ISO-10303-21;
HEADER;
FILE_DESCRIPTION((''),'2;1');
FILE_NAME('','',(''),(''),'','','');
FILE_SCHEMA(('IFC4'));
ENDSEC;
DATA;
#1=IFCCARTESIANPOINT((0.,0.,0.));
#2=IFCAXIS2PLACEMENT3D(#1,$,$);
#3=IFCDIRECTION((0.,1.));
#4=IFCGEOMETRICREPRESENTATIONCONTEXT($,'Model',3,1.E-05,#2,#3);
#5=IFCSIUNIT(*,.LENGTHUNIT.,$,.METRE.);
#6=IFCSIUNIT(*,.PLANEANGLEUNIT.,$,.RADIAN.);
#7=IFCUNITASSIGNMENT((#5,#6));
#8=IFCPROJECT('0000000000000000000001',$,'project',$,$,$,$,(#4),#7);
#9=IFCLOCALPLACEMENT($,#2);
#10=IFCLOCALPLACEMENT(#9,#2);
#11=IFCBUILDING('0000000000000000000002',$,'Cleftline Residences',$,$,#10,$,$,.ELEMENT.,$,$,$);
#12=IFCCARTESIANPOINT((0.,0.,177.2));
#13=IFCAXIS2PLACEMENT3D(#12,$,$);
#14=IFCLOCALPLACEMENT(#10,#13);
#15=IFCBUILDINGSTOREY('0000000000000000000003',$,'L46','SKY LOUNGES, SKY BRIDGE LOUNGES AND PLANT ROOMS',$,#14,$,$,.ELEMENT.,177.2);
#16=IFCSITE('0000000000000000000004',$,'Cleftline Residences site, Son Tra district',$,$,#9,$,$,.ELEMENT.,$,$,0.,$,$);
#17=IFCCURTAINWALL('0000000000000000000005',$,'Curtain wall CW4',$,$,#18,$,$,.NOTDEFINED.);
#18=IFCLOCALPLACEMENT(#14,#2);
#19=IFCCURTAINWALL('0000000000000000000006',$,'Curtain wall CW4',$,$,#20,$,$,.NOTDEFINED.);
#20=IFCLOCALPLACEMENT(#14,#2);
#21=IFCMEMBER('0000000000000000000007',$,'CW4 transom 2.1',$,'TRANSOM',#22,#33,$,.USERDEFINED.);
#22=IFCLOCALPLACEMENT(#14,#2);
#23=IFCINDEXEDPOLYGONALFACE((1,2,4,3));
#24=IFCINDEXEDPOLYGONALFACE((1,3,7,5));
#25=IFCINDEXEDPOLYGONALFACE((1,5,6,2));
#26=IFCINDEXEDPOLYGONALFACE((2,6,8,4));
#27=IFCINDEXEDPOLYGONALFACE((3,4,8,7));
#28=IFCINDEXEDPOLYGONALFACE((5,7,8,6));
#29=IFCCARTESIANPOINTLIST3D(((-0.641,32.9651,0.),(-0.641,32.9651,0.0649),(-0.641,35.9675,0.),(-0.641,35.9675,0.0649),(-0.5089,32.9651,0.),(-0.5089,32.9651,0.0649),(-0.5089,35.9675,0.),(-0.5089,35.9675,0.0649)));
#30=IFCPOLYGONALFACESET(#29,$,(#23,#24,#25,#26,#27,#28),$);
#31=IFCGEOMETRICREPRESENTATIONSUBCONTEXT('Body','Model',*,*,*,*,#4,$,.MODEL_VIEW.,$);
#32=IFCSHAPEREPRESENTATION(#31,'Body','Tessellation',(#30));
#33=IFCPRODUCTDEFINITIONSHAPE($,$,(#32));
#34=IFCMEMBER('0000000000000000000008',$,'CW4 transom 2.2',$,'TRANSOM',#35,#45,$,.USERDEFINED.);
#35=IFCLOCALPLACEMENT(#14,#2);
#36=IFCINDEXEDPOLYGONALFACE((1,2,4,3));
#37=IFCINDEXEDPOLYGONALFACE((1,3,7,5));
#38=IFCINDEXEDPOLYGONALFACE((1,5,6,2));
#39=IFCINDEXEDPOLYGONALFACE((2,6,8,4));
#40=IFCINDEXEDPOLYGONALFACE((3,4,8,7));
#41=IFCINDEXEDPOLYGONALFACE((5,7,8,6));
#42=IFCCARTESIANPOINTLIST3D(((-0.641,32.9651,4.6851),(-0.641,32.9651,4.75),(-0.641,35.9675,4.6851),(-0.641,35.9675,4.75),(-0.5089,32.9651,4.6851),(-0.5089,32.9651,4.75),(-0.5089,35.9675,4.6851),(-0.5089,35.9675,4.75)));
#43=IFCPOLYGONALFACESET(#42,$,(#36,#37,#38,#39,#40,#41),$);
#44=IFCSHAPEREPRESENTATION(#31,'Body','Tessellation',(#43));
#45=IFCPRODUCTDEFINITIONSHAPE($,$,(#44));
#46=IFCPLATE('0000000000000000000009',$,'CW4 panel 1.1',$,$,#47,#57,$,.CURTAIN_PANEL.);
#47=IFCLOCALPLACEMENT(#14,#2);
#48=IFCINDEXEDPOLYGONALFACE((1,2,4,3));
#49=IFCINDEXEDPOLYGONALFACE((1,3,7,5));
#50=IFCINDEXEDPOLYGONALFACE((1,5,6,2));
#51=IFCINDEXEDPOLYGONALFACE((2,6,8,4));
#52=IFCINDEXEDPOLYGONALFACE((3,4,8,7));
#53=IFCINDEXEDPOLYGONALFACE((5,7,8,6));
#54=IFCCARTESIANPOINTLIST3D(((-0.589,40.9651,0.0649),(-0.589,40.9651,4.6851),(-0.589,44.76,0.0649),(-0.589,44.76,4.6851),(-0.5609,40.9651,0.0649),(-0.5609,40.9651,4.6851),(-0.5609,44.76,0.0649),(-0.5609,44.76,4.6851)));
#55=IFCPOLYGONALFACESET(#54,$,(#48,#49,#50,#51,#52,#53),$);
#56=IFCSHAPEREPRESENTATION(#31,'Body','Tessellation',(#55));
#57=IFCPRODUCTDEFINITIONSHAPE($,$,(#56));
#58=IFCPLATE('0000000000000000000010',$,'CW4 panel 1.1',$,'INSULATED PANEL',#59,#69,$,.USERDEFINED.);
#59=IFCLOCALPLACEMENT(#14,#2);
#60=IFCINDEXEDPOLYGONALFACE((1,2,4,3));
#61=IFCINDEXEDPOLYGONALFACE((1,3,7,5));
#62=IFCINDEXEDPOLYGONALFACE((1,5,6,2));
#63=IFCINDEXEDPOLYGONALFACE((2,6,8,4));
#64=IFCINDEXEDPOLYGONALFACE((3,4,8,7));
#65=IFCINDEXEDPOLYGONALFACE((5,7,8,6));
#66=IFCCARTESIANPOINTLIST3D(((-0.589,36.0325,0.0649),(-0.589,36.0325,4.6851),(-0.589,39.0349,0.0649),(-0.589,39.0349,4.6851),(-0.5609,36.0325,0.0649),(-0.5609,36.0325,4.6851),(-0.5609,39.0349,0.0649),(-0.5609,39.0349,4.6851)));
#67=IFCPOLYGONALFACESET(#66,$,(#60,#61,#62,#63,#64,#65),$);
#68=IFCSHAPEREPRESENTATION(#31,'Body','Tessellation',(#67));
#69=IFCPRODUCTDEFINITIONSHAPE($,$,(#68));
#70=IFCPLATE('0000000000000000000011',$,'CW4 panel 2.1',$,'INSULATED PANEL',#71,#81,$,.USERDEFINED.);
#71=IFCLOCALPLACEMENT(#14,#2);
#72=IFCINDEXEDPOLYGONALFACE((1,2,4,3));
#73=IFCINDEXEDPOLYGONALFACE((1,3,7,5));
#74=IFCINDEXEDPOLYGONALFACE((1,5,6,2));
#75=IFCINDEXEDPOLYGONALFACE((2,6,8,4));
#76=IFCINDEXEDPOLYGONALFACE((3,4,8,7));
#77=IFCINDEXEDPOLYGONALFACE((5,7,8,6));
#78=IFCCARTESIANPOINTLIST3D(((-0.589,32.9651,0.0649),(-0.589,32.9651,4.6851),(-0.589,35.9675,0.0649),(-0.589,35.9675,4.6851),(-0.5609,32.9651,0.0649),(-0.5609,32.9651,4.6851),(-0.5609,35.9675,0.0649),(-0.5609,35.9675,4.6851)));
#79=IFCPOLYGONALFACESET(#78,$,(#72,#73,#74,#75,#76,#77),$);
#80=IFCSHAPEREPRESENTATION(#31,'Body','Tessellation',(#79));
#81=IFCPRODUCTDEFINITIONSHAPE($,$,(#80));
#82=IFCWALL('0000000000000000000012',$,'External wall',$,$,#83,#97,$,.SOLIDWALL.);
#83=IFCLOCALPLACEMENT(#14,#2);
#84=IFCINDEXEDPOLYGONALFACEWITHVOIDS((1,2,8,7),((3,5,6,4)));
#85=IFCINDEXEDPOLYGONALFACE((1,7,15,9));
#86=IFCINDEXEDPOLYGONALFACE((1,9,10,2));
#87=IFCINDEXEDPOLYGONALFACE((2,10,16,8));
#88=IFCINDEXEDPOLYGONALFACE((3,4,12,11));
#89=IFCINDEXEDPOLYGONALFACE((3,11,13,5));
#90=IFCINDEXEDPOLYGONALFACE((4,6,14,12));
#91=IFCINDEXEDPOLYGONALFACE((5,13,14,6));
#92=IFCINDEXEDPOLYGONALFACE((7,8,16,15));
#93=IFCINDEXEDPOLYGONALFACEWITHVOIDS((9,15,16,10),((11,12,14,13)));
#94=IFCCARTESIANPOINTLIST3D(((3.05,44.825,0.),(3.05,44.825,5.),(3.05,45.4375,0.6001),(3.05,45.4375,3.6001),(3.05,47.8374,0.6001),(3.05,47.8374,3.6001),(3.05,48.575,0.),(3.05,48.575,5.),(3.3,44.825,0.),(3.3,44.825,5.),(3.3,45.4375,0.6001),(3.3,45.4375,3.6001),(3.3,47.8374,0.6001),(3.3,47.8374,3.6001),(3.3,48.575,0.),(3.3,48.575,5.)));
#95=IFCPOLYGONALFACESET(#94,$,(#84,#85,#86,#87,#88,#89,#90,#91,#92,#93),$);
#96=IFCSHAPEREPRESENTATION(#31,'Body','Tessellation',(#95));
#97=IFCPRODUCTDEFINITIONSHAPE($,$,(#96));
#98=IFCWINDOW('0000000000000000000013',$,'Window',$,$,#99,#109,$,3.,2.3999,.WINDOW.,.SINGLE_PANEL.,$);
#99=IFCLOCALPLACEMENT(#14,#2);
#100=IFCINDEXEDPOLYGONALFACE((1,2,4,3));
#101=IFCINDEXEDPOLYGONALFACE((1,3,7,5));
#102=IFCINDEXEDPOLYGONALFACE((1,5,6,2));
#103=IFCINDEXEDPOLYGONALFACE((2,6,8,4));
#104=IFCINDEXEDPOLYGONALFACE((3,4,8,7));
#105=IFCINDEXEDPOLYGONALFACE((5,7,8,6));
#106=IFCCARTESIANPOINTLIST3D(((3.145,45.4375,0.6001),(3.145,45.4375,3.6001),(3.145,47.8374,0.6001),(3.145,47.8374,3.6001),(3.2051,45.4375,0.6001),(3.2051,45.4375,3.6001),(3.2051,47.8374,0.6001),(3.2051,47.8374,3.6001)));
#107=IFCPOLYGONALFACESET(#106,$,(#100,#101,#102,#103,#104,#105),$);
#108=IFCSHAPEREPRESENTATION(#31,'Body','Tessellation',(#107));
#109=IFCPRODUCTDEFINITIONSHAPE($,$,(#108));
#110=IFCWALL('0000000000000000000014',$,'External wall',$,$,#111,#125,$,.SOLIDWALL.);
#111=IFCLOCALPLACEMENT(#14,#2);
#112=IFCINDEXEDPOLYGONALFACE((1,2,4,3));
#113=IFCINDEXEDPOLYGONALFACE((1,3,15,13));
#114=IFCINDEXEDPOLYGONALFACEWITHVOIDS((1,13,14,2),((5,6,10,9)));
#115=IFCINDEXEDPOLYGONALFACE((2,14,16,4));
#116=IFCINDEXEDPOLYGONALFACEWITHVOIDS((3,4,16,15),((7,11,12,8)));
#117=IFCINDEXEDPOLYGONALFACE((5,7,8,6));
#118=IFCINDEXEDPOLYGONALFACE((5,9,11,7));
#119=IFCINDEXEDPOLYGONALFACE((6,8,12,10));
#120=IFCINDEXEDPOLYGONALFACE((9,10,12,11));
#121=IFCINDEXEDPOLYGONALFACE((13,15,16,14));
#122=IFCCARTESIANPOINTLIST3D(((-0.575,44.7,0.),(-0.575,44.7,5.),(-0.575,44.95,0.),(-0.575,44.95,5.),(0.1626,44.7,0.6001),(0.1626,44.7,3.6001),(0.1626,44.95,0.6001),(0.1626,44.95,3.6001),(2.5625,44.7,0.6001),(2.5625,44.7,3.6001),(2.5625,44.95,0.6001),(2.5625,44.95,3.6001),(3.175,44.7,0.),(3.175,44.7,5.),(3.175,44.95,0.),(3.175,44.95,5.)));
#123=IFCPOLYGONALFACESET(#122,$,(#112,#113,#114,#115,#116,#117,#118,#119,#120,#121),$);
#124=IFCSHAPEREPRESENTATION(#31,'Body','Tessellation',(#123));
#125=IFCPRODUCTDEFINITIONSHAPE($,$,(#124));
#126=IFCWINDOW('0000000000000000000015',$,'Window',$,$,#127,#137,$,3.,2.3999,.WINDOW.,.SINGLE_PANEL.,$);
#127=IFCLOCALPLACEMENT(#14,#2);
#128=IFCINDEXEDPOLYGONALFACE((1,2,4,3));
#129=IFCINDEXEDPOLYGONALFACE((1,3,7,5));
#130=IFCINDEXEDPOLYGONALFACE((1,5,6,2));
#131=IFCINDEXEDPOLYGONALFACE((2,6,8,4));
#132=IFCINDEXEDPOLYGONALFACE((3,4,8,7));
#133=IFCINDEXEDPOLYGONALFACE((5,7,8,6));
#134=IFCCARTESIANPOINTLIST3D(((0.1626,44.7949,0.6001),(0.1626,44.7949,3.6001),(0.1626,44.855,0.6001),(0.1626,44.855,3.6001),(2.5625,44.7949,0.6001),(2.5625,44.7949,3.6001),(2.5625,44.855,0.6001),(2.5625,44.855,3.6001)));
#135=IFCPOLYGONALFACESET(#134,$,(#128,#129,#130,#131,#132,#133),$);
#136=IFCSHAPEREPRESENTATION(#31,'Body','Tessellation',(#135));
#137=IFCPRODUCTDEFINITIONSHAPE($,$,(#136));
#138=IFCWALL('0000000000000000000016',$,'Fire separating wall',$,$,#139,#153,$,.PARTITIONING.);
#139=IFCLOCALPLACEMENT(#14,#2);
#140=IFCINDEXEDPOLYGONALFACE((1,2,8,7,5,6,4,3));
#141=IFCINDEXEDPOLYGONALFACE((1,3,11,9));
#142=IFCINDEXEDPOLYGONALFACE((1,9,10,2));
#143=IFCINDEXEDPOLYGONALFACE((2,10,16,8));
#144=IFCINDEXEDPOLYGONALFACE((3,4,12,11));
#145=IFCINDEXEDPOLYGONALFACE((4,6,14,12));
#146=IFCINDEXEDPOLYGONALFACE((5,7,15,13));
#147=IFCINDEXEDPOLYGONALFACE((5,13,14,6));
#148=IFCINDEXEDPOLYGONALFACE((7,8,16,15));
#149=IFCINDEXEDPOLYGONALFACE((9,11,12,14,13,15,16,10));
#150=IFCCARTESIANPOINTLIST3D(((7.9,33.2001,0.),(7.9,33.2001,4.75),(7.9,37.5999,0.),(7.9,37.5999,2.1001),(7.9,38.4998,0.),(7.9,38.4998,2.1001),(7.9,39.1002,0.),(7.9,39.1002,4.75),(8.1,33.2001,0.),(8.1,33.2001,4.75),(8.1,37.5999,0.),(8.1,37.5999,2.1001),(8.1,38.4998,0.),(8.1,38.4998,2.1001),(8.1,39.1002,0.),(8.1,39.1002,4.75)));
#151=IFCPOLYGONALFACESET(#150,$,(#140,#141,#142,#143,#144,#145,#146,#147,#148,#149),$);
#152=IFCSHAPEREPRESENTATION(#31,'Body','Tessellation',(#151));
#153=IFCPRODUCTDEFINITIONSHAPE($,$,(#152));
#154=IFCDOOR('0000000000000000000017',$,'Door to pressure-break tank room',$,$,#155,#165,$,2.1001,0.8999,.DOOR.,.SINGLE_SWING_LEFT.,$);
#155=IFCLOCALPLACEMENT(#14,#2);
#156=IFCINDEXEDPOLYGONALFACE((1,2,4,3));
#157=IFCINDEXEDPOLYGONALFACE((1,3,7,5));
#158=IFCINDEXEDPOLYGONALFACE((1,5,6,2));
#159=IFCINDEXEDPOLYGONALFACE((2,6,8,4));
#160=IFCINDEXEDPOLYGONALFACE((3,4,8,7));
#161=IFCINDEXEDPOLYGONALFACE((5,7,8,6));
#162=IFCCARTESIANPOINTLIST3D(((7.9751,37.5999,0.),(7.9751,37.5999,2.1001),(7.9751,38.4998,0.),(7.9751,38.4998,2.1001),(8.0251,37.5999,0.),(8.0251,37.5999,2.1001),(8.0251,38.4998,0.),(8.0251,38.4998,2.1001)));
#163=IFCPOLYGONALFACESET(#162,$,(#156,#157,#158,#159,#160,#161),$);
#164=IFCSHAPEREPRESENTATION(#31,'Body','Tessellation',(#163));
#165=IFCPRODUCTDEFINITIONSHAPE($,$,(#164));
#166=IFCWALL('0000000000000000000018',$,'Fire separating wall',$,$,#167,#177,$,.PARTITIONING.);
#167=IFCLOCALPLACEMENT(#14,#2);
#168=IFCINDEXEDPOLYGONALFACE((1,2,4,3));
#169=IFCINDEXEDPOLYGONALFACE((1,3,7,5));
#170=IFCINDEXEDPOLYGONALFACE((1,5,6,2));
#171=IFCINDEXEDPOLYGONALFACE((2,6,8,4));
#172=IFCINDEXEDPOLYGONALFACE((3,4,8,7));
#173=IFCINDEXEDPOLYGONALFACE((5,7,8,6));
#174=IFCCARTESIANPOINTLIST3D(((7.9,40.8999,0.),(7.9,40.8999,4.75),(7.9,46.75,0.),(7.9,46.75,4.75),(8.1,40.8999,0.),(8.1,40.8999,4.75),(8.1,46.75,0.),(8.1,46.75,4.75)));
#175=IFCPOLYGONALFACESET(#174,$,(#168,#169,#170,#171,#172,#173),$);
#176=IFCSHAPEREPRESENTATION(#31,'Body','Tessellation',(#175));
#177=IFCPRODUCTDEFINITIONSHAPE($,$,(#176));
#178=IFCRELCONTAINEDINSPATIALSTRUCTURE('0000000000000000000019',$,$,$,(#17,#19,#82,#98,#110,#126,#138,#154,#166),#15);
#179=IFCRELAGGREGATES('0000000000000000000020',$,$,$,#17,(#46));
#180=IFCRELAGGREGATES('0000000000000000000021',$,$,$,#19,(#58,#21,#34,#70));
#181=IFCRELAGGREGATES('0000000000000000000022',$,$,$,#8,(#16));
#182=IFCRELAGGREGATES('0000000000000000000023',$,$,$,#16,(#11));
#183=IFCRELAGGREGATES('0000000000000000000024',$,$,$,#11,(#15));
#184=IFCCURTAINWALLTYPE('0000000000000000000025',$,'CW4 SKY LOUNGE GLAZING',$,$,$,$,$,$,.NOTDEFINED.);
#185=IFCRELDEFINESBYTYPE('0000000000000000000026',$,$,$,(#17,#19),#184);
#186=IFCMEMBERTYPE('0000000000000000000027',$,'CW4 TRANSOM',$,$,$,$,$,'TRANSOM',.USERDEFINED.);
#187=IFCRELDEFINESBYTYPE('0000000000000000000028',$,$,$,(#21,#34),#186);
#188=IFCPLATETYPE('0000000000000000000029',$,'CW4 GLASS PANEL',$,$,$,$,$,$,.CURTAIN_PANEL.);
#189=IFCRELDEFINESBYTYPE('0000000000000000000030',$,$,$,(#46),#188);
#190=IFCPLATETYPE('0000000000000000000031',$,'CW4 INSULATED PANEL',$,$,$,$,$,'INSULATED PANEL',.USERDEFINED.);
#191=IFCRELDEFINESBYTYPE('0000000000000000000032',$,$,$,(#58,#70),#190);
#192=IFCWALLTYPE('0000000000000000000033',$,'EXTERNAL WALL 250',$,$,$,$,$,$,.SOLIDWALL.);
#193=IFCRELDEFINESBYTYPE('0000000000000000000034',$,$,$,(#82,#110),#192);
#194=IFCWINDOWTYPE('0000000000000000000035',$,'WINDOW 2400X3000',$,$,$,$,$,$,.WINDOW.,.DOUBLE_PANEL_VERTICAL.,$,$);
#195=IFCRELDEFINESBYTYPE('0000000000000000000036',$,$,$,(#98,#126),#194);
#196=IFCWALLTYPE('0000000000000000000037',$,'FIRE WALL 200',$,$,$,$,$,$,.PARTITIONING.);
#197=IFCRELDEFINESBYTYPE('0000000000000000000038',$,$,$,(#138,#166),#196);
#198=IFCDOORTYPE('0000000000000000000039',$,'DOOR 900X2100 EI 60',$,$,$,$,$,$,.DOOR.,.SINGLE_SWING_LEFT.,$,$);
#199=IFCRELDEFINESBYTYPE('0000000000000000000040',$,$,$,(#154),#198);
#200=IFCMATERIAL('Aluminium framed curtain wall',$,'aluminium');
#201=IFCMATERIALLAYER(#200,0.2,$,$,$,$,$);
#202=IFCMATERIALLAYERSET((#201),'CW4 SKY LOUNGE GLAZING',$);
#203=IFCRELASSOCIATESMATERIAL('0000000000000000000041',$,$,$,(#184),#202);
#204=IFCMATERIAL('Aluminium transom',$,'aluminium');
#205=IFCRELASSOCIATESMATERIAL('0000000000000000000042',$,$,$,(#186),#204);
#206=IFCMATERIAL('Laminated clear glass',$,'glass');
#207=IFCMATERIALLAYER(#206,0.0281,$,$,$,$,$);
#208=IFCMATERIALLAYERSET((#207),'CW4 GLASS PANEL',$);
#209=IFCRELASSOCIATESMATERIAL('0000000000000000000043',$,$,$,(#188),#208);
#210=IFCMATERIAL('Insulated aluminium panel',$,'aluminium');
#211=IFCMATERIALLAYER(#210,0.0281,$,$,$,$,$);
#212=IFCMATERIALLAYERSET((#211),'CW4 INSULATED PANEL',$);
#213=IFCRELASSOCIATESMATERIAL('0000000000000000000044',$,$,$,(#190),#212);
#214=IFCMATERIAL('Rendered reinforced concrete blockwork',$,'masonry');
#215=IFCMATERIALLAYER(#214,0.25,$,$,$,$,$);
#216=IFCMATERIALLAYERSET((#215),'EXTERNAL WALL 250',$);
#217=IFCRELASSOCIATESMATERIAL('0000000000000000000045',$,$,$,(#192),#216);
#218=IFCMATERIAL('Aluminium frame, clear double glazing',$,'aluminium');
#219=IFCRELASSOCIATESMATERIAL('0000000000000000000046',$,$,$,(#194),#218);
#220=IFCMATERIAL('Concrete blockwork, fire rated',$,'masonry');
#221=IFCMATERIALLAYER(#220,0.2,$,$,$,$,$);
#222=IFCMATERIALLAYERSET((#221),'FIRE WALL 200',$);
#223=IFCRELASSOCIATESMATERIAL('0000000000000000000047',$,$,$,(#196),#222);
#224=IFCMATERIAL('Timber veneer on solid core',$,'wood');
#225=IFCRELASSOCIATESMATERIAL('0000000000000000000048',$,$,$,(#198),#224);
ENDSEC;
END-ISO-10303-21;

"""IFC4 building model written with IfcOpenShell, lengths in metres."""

from ifc_helpers import new_model, si_unit, direction, frame, frame_2d, origin, origin_2d, place, context, subcontext, project, spatial, rectangle, extrude, material, layer, layer_set, material_profile, profile_set, type_object, element, fill, aggregate, save


model = new_model("IFC4")

# Units and contexts
model_context = context("Model", 3, precision=1e-05, world=origin(), true_north=direction((0.0, 1.0)))
body_context = subcontext(model_context, "Body", "Model", "MODEL_VIEW")
ifc_project = project(units=[si_unit("LENGTHUNIT", "METRE"), si_unit("PLANEANGLEUNIT", "RADIAN")], contexts=[model_context])

# Site, building, storey
site_placement = place(None, origin())
site = spatial("IfcSite", under=ifc_project, at=site_placement, Name="Cleftline Residences site, Son Tra district", CompositionType="ELEMENT", RefElevation=0.0)
building_placement = place(site_placement, origin())
building = spatial("IfcBuilding", under=site, at=building_placement, Name="Cleftline Residences", CompositionType="ELEMENT")
storey_placement = place(building_placement, frame((0.0, 0.0, 177.2)))
storey = spatial("IfcBuildingStorey", under=building, at=storey_placement, Name="L46", Description="SKY LOUNGES, SKY BRIDGE LOUNGES AND PLANT ROOMS", CompositionType="ELEMENT", Elevation=177.2)

# Curtain walls
ifc_material_1 = material(Name="Aluminium framed curtain wall", Category="aluminium")
ifc_layer_1 = layer(ifc_material_1, 0.2)
ifc_layer_set_1 = layer_set([ifc_layer_1], Name="CW4 SKY LOUNGE GLAZING")
curtain_wall_type = type_object("IfcCurtainWallType", Name="CW4 SKY LOUNGE GLAZING", PredefinedType="NOTDEFINED", material=ifc_layer_set_1)
curtain_wall_1_placement = place(storey_placement, origin())
curtain_wall_1 = element("IfcCurtainWall", 1, at=curtain_wall_1_placement, inside=storey, type_object=curtain_wall_type, Name="Curtain wall CW4", PredefinedType="NOTDEFINED")
curtain_wall_2_placement = place(storey_placement, origin())
curtain_wall_2 = element("IfcCurtainWall", 2, at=curtain_wall_2_placement, inside=storey, type_object=curtain_wall_type, Name="Curtain wall CW4", PredefinedType="NOTDEFINED")

# Members
ifc_material_2 = material(Name="Aluminium transom", Category="aluminium")
ifc_material_profile_1 = material_profile(ifc_material_2, rectangle(XDim=0.1321, YDim=0.0649, at=origin_2d()))
ifc_profile_set_1 = profile_set([ifc_material_profile_1], Name="Aluminium transom")
member_type_1 = type_object("IfcMemberType", Name="CW4 TRANSOM", ElementType="TRANSOM", PredefinedType="USERDEFINED", material=ifc_profile_set_1)
member_1_placement = place(storey_placement, frame((-0.575, 35.9675, 0.0325), z_axis=(0.0, -1.0, 0.0), x_axis=(1.0, 0.0, 0.0)))
member_1 = element("IfcMember", 3, at=member_1_placement, type_object=member_type_1, Name="CW4 transom 2.1", ObjectType="TRANSOM", PredefinedType="USERDEFINED", context=body_context, shape_type="SweptSolid", body=[
    extrude(rectangle(XDim=0.1321, YDim=0.0649, at=origin_2d()), origin(), (0.0, 0.0, 1.0), 3.0024),
])
member_2_placement = place(storey_placement, frame((-0.575, 35.9675, 4.7175), z_axis=(0.0, -1.0, 0.0), x_axis=(1.0, 0.0, 0.0)))
member_2 = element("IfcMember", 4, at=member_2_placement, type_object=member_type_1, Name="CW4 transom 2.2", ObjectType="TRANSOM", PredefinedType="USERDEFINED", context=body_context, shape_type="SweptSolid", body=[
    extrude(rectangle(XDim=0.1321, YDim=0.0649, at=origin_2d()), origin(), (0.0, 0.0, 1.0), 3.0024),
])

# Plates
ifc_material_3 = material(Name="Laminated clear glass", Category="glass")
ifc_layer_2 = layer(ifc_material_3, 0.0281)
ifc_layer_set_2 = layer_set([ifc_layer_2], Name="CW4 GLASS PANEL")
plate_type_1 = type_object("IfcPlateType", Name="CW4 GLASS PANEL", PredefinedType="CURTAIN_PANEL", material=ifc_layer_set_2)
plate_1_placement = place(storey_placement, frame((-0.575, 42.8625, 0.0649), z_axis=(0.0, 0.0, 1.0), x_axis=(0.0, -1.0, 0.0)))
plate_1 = element("IfcPlate", 5, at=plate_1_placement, type_object=plate_type_1, Name="CW4 panel 1.1", PredefinedType="CURTAIN_PANEL", context=body_context, shape_type="SweptSolid", body=[
    extrude(rectangle(XDim=3.7949, YDim=0.0281, at=origin_2d()), origin(), (0.0, 0.0, 1.0), 4.6201),
])
aggregate(curtain_wall_1, [plate_1])
ifc_material_4 = material(Name="Insulated aluminium panel", Category="aluminium")
ifc_layer_3 = layer(ifc_material_4, 0.0281)
ifc_layer_set_3 = layer_set([ifc_layer_3], Name="CW4 INSULATED PANEL")
plate_type_2 = type_object("IfcPlateType", Name="CW4 INSULATED PANEL", ElementType="INSULATED PANEL", PredefinedType="USERDEFINED", material=ifc_layer_set_3)
plate_2_placement = place(storey_placement, frame((-0.575, 37.5337, 0.0649), z_axis=(0.0, 0.0, 1.0), x_axis=(0.0, -1.0, 0.0)))
plate_2 = element("IfcPlate", 6, at=plate_2_placement, type_object=plate_type_2, Name="CW4 panel 1.1", ObjectType="INSULATED PANEL", PredefinedType="USERDEFINED", context=body_context, shape_type="SweptSolid", body=[
    extrude(rectangle(XDim=3.0024, YDim=0.0281, at=origin_2d()), origin(), (0.0, 0.0, 1.0), 4.6201),
])
plate_3_placement = place(storey_placement, frame((-0.575, 34.4663, 0.0649), z_axis=(0.0, 0.0, 1.0), x_axis=(0.0, -1.0, 0.0)))
plate_3 = element("IfcPlate", 7, at=plate_3_placement, type_object=plate_type_2, Name="CW4 panel 2.1", ObjectType="INSULATED PANEL", PredefinedType="USERDEFINED", context=body_context, shape_type="SweptSolid", body=[
    extrude(rectangle(XDim=3.0024, YDim=0.0281, at=origin_2d()), origin(), (0.0, 0.0, 1.0), 4.6201),
])
aggregate(curtain_wall_2, [plate_2, member_1, member_2, plate_3])

# Walls, openings, windows
ifc_material_5 = material(Name="Rendered reinforced concrete blockwork", Category="masonry")
ifc_layer_4 = layer(ifc_material_5, 0.25)
ifc_layer_set_4 = layer_set([ifc_layer_4], Name="EXTERNAL WALL 250")
wall_type_1 = type_object("IfcWallType", Name="EXTERNAL WALL 250", PredefinedType="SOLIDWALL", material=ifc_layer_set_4)
wall_1_placement = place(storey_placement, frame((3.175, 48.575, 0.0), z_axis=(0.0, 0.0, 1.0), x_axis=(0.0, -1.0, 0.0)))
wall_1 = element("IfcWall", 8, at=wall_1_placement, inside=storey, type_object=wall_type_1, Name="External wall", PredefinedType="SOLIDWALL", context=body_context, shape_type="SweptSolid", body=[
    extrude(rectangle(XDim=3.75, YDim=0.25, at=frame_2d((1.875, 0.0))), origin(), (0.0, 0.0, 1.0), 5.0),
])
opening_1_placement = place(wall_1_placement, frame((0.7375, 0.0, 0.6001)))
opening_1 = element("IfcOpeningElement", 9, at=opening_1_placement, cuts=wall_1, PredefinedType="OPENING", context=body_context, shape_type="SweptSolid", body=[
    extrude(rectangle(XDim=2.3999, YDim=3.0, at=frame_2d((1.2, 1.5))), frame((0.0, 0.135, 0.0), z_axis=(0.0, -1.0, 0.0), x_axis=(1.0, 0.0, 0.0)), (0.0, 0.0, 1.0), 0.27),
])
ifc_material_6 = material(Name="Aluminium frame, clear double glazing", Category="aluminium")
window_type = type_object("IfcWindowType", Name="WINDOW 2400X3000", PartitioningType="DOUBLE_PANEL_VERTICAL", PredefinedType="WINDOW", material=ifc_material_6)
window_1_placement = place(opening_1_placement, origin())
window_1 = element("IfcWindow", 10, at=window_1_placement, inside=storey, type_object=window_type, Name="Window", OverallHeight=3.0, OverallWidth=2.3999, PartitioningType="SINGLE_PANEL", PredefinedType="WINDOW", context=body_context, shape_type="SweptSolid", body=[
    extrude(rectangle(XDim=2.3999, YDim=3.0, at=frame_2d((1.2, 1.5))), frame((0.0, 0.03, 0.0), z_axis=(0.0, -1.0, 0.0), x_axis=(1.0, 0.0, 0.0)), (0.0, 0.0, 1.0), 0.0601),
])
fill(opening_1, window_1)
wall_2_placement = place(storey_placement, frame((3.175, 44.825, 0.0), z_axis=(0.0, 0.0, 1.0), x_axis=(-1.0, 0.0, 0.0)))
wall_2 = element("IfcWall", 11, at=wall_2_placement, inside=storey, type_object=wall_type_1, Name="External wall", PredefinedType="SOLIDWALL", context=body_context, shape_type="SweptSolid", body=[
    extrude(rectangle(XDim=3.75, YDim=0.25, at=frame_2d((1.875, 0.0))), origin(), (0.0, 0.0, 1.0), 5.0),
])
opening_2_placement = place(wall_2_placement, frame((0.6125, 0.0, 0.6001)))
opening_2 = element("IfcOpeningElement", 12, at=opening_2_placement, cuts=wall_2, PredefinedType="OPENING", context=body_context, shape_type="SweptSolid", body=[
    extrude(rectangle(XDim=2.3999, YDim=3.0, at=frame_2d((1.2, 1.5))), frame((0.0, 0.135, 0.0), z_axis=(0.0, -1.0, 0.0), x_axis=(1.0, 0.0, 0.0)), (0.0, 0.0, 1.0), 0.27),
])
window_2_placement = place(opening_2_placement, origin())
window_2 = element("IfcWindow", 13, at=window_2_placement, inside=storey, type_object=window_type, Name="Window", OverallHeight=3.0, OverallWidth=2.3999, PartitioningType="SINGLE_PANEL", PredefinedType="WINDOW", context=body_context, shape_type="SweptSolid", body=[
    extrude(rectangle(XDim=2.3999, YDim=3.0, at=frame_2d((1.2, 1.5))), frame((0.0, 0.03, 0.0), z_axis=(0.0, -1.0, 0.0), x_axis=(1.0, 0.0, 0.0)), (0.0, 0.0, 1.0), 0.0601),
])
fill(opening_2, window_2)

# Wall, opening, door
ifc_material_7 = material(Name="Concrete blockwork, fire rated", Category="masonry")
ifc_layer_5 = layer(ifc_material_7, 0.2)
ifc_layer_set_5 = layer_set([ifc_layer_5], Name="FIRE WALL 200")
wall_type_2 = type_object("IfcWallType", Name="FIRE WALL 200", PredefinedType="PARTITIONING", material=ifc_layer_set_5)
wall_3_placement = place(storey_placement, frame((8.0, 33.2, 0.0), z_axis=(0.0, 0.0, 1.0), x_axis=(0.0, 1.0, 0.0)))
wall_3 = element("IfcWall", 14, at=wall_3_placement, inside=storey, type_object=wall_type_2, Name="Fire separating wall", PredefinedType="PARTITIONING", context=body_context, shape_type="SweptSolid", body=[
    extrude(rectangle(XDim=5.9001, YDim=0.2, at=frame_2d((2.9502, 0.0))), origin(), (0.0, 0.0, 1.0), 4.75),
])
opening_3_placement = place(wall_3_placement, frame((4.3999, 0.0, 0.0)))
opening_3 = element("IfcOpeningElement", 15, at=opening_3_placement, cuts=wall_3, PredefinedType="OPENING", context=body_context, shape_type="SweptSolid", body=[
    extrude(rectangle(XDim=0.8999, YDim=2.1001, at=frame_2d((0.45, 1.05))), frame((0.0, 0.1099, 0.0), z_axis=(0.0, -1.0, 0.0), x_axis=(1.0, 0.0, 0.0)), (0.0, 0.0, 1.0), 0.22),
])
ifc_material_8 = material(Name="Timber veneer on solid core", Category="wood")
door_type = type_object("IfcDoorType", Name="DOOR 900X2100 EI 60", OperationType="SINGLE_SWING_LEFT", PredefinedType="DOOR", material=ifc_material_8)
door_placement = place(opening_3_placement, origin())
door = element("IfcDoor", 16, at=door_placement, inside=storey, type_object=door_type, Name="Door to pressure-break tank room", OperationType="SINGLE_SWING_LEFT", OverallHeight=2.1001, OverallWidth=0.8999, PredefinedType="DOOR", context=body_context, shape_type="SweptSolid", body=[
    extrude(rectangle(XDim=0.8999, YDim=2.1001, at=frame_2d((0.45, 1.05))), frame((0.0, 0.0249, 0.0), z_axis=(0.0, -1.0, 0.0), x_axis=(1.0, 0.0, 0.0)), (0.0, 0.0, 1.0), 0.05),
])
fill(opening_3, door)

# Wall
wall_4_placement = place(storey_placement, frame((8.0, 40.8999, 0.0), z_axis=(0.0, 0.0, 1.0), x_axis=(0.0, 1.0, 0.0)))
element("IfcWall", 17, at=wall_4_placement, inside=storey, type_object=wall_type_2, Name="Fire separating wall", PredefinedType="PARTITIONING", context=body_context, shape_type="SweptSolid", body=[
    extrude(rectangle(XDim=5.8501, YDim=0.2, at=frame_2d((2.925, 0.0))), origin(), (0.0, 0.0, 1.0), 4.75),
])

save(model, "model.ifc")
